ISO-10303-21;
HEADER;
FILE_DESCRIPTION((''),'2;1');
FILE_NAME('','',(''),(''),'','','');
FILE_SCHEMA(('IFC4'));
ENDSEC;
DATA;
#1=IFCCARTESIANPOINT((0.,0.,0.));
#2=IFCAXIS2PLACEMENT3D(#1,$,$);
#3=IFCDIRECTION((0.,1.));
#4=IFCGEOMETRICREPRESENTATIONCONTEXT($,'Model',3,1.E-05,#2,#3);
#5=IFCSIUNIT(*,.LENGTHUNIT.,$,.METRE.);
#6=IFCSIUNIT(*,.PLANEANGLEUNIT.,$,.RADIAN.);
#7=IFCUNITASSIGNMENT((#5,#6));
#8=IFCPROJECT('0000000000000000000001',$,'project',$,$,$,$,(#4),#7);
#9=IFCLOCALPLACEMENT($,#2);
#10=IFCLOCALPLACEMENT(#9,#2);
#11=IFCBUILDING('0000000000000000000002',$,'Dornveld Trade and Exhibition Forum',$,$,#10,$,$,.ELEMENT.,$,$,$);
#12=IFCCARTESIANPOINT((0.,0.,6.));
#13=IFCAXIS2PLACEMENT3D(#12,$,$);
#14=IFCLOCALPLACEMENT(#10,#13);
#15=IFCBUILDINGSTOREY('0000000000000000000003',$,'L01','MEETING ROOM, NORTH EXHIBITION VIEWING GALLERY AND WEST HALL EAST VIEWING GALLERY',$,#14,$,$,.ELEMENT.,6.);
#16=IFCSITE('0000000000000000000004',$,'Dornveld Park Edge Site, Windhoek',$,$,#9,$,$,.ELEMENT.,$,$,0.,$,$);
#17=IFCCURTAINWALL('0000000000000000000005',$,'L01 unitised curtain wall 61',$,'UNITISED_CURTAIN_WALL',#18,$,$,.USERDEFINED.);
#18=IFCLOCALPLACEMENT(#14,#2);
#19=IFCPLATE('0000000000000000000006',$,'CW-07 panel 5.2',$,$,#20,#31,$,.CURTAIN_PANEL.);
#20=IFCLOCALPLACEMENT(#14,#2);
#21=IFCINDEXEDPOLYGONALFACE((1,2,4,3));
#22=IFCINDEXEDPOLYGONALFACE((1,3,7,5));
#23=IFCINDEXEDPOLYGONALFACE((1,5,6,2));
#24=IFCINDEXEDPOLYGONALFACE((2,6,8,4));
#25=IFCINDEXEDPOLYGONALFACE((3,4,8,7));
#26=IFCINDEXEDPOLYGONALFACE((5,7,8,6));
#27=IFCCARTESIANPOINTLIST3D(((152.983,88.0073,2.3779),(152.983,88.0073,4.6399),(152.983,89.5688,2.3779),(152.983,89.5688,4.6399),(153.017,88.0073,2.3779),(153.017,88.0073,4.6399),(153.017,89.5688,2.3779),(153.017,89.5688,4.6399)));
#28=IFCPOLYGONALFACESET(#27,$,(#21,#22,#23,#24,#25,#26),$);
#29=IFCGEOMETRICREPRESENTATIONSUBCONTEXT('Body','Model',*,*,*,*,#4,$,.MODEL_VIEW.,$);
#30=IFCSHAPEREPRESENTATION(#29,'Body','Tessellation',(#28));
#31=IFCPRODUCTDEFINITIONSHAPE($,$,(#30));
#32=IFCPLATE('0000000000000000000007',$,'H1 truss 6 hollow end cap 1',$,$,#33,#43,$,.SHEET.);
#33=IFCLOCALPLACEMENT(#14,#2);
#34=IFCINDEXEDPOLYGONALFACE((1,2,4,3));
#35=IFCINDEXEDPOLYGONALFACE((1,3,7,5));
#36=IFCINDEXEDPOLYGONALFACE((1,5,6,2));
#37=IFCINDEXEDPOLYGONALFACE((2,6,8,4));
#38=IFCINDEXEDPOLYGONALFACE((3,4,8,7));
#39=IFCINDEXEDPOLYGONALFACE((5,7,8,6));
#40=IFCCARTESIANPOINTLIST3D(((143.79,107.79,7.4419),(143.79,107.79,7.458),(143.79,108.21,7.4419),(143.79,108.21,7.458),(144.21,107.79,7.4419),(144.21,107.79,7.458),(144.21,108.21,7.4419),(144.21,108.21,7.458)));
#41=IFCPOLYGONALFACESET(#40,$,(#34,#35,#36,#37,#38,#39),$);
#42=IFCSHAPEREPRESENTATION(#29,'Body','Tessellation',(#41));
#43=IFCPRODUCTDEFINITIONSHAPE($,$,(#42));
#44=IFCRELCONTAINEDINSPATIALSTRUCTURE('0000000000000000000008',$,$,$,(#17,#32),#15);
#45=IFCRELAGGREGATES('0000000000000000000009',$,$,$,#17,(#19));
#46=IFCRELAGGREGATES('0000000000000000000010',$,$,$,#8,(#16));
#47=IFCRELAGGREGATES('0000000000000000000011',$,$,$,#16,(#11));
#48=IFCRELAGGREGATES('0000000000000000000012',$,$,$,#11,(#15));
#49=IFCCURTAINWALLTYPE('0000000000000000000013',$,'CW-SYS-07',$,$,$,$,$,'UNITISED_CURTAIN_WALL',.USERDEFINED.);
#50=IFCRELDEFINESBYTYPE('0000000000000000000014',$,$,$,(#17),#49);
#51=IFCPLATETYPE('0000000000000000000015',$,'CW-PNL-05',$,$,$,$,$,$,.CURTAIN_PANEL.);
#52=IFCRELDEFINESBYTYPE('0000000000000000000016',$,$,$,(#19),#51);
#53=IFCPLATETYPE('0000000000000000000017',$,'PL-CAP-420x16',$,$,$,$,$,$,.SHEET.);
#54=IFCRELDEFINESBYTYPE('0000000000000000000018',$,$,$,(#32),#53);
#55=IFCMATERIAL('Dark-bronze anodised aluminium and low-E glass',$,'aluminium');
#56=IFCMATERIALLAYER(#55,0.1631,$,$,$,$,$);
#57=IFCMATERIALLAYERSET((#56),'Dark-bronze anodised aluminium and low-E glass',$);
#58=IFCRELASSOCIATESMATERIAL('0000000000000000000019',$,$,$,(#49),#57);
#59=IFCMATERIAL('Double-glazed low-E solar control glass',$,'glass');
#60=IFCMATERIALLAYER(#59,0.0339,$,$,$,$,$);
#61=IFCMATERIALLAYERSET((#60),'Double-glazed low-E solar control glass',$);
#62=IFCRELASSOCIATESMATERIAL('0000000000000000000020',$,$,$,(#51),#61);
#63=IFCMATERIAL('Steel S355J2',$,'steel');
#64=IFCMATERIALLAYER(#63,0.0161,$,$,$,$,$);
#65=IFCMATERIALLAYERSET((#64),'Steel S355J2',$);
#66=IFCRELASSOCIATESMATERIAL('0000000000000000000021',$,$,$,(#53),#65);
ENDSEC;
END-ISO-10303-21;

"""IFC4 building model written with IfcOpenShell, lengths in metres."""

from ifc_helpers import new_model, si_unit, direction, frame, origin, origin_2d, place, context, subcontext, project, spatial, rectangle, extrude, material, layer, layer_set, type_object, element, aggregate, save


model = new_model("IFC4")

# Units and contexts
model_context = context("Model", 3, precision=1e-05, world=origin(), true_north=direction((0.0, 1.0)))
body_context = subcontext(model_context, "Body", "Model", "MODEL_VIEW")
ifc_project = project(units=[si_unit("LENGTHUNIT", "METRE"), si_unit("PLANEANGLEUNIT", "RADIAN")], contexts=[model_context])

# Site, building, storey
site_placement = place(None, origin())
site = spatial("IfcSite", under=ifc_project, at=site_placement, Name="Dornveld Park Edge Site, Windhoek", CompositionType="ELEMENT", RefElevation=0.0)
building_placement = place(site_placement, origin())
building = spatial("IfcBuilding", under=site, at=building_placement, Name="Dornveld Trade and Exhibition Forum", CompositionType="ELEMENT")
storey_placement = place(building_placement, frame((0.0, 0.0, 6.0)))
storey = spatial("IfcBuildingStorey", under=building, at=storey_placement, Name="L01", Description="MEETING ROOM, NORTH EXHIBITION VIEWING GALLERY AND WEST HALL EAST VIEWING GALLERY", CompositionType="ELEMENT", Elevation=6.0)

# Curtain wall
ifc_material_1 = material(Name="Dark-bronze anodised aluminium and low-E glass", Category="aluminium")
ifc_layer_1 = layer(ifc_material_1, 0.1631)
ifc_layer_set_1 = layer_set([ifc_layer_1], Name="Dark-bronze anodised aluminium and low-E glass")
curtain_wall_type = type_object("IfcCurtainWallType", Name="CW-SYS-07", ElementType="UNITISED_CURTAIN_WALL", PredefinedType="USERDEFINED", material=ifc_layer_set_1)
curtain_wall_placement = place(storey_placement, origin())
curtain_wall = element("IfcCurtainWall", 1, at=curtain_wall_placement, inside=storey, type_object=curtain_wall_type, Name="L01 unitised curtain wall 61", ObjectType="UNITISED_CURTAIN_WALL", PredefinedType="USERDEFINED")

# Plates
ifc_material_2 = material(Name="Double-glazed low-E solar control glass", Category="glass")
ifc_layer_2 = layer(ifc_material_2, 0.0339)
ifc_layer_set_2 = layer_set([ifc_layer_2], Name="Double-glazed low-E solar control glass")
plate_type_1 = type_object("IfcPlateType", Name="CW-PNL-05", PredefinedType="CURTAIN_PANEL", material=ifc_layer_set_2)
plate_1_placement = place(storey_placement, frame((153.0, 88.7881, 2.3779), z_axis=(0.0, 0.0, 1.0), x_axis=(0.0, 1.0, 0.0)))
plate_1 = element("IfcPlate", 2, at=plate_1_placement, type_object=plate_type_1, Name="CW-07 panel 5.2", PredefinedType="CURTAIN_PANEL", context=body_context, shape_type="SweptSolid", body=[
    extrude(rectangle(XDim=1.5615, YDim=0.0339, at=origin_2d()), origin(), (0.0, 0.0, 1.0), 2.262),
])
aggregate(curtain_wall, [plate_1])
ifc_material_3 = material(Name="Steel S355J2", Category="steel")
ifc_layer_3 = layer(ifc_material_3, 0.0161)
ifc_layer_set_3 = layer_set([ifc_layer_3], Name="Steel S355J2")
plate_type_2 = type_object("IfcPlateType", Name="PL-CAP-420x16", PredefinedType="SHEET", material=ifc_layer_set_3)
plate_2_placement = place(storey_placement, frame((144.0, 108.0, 7.4419), z_axis=(0.0, 0.0, 1.0), x_axis=(1.0, 0.0, 0.0)))
element("IfcPlate", 3, at=plate_2_placement, inside=storey, type_object=plate_type_2, Name="H1 truss 6 hollow end cap 1", PredefinedType="SHEET", context=body_context, shape_type="SweptSolid", body=[
    extrude(rectangle(XDim=0.4199, YDim=0.4199, at=origin_2d()), origin(), (0.0, 0.0, 1.0), 0.0161),
])

save(model, "model.ifc")
